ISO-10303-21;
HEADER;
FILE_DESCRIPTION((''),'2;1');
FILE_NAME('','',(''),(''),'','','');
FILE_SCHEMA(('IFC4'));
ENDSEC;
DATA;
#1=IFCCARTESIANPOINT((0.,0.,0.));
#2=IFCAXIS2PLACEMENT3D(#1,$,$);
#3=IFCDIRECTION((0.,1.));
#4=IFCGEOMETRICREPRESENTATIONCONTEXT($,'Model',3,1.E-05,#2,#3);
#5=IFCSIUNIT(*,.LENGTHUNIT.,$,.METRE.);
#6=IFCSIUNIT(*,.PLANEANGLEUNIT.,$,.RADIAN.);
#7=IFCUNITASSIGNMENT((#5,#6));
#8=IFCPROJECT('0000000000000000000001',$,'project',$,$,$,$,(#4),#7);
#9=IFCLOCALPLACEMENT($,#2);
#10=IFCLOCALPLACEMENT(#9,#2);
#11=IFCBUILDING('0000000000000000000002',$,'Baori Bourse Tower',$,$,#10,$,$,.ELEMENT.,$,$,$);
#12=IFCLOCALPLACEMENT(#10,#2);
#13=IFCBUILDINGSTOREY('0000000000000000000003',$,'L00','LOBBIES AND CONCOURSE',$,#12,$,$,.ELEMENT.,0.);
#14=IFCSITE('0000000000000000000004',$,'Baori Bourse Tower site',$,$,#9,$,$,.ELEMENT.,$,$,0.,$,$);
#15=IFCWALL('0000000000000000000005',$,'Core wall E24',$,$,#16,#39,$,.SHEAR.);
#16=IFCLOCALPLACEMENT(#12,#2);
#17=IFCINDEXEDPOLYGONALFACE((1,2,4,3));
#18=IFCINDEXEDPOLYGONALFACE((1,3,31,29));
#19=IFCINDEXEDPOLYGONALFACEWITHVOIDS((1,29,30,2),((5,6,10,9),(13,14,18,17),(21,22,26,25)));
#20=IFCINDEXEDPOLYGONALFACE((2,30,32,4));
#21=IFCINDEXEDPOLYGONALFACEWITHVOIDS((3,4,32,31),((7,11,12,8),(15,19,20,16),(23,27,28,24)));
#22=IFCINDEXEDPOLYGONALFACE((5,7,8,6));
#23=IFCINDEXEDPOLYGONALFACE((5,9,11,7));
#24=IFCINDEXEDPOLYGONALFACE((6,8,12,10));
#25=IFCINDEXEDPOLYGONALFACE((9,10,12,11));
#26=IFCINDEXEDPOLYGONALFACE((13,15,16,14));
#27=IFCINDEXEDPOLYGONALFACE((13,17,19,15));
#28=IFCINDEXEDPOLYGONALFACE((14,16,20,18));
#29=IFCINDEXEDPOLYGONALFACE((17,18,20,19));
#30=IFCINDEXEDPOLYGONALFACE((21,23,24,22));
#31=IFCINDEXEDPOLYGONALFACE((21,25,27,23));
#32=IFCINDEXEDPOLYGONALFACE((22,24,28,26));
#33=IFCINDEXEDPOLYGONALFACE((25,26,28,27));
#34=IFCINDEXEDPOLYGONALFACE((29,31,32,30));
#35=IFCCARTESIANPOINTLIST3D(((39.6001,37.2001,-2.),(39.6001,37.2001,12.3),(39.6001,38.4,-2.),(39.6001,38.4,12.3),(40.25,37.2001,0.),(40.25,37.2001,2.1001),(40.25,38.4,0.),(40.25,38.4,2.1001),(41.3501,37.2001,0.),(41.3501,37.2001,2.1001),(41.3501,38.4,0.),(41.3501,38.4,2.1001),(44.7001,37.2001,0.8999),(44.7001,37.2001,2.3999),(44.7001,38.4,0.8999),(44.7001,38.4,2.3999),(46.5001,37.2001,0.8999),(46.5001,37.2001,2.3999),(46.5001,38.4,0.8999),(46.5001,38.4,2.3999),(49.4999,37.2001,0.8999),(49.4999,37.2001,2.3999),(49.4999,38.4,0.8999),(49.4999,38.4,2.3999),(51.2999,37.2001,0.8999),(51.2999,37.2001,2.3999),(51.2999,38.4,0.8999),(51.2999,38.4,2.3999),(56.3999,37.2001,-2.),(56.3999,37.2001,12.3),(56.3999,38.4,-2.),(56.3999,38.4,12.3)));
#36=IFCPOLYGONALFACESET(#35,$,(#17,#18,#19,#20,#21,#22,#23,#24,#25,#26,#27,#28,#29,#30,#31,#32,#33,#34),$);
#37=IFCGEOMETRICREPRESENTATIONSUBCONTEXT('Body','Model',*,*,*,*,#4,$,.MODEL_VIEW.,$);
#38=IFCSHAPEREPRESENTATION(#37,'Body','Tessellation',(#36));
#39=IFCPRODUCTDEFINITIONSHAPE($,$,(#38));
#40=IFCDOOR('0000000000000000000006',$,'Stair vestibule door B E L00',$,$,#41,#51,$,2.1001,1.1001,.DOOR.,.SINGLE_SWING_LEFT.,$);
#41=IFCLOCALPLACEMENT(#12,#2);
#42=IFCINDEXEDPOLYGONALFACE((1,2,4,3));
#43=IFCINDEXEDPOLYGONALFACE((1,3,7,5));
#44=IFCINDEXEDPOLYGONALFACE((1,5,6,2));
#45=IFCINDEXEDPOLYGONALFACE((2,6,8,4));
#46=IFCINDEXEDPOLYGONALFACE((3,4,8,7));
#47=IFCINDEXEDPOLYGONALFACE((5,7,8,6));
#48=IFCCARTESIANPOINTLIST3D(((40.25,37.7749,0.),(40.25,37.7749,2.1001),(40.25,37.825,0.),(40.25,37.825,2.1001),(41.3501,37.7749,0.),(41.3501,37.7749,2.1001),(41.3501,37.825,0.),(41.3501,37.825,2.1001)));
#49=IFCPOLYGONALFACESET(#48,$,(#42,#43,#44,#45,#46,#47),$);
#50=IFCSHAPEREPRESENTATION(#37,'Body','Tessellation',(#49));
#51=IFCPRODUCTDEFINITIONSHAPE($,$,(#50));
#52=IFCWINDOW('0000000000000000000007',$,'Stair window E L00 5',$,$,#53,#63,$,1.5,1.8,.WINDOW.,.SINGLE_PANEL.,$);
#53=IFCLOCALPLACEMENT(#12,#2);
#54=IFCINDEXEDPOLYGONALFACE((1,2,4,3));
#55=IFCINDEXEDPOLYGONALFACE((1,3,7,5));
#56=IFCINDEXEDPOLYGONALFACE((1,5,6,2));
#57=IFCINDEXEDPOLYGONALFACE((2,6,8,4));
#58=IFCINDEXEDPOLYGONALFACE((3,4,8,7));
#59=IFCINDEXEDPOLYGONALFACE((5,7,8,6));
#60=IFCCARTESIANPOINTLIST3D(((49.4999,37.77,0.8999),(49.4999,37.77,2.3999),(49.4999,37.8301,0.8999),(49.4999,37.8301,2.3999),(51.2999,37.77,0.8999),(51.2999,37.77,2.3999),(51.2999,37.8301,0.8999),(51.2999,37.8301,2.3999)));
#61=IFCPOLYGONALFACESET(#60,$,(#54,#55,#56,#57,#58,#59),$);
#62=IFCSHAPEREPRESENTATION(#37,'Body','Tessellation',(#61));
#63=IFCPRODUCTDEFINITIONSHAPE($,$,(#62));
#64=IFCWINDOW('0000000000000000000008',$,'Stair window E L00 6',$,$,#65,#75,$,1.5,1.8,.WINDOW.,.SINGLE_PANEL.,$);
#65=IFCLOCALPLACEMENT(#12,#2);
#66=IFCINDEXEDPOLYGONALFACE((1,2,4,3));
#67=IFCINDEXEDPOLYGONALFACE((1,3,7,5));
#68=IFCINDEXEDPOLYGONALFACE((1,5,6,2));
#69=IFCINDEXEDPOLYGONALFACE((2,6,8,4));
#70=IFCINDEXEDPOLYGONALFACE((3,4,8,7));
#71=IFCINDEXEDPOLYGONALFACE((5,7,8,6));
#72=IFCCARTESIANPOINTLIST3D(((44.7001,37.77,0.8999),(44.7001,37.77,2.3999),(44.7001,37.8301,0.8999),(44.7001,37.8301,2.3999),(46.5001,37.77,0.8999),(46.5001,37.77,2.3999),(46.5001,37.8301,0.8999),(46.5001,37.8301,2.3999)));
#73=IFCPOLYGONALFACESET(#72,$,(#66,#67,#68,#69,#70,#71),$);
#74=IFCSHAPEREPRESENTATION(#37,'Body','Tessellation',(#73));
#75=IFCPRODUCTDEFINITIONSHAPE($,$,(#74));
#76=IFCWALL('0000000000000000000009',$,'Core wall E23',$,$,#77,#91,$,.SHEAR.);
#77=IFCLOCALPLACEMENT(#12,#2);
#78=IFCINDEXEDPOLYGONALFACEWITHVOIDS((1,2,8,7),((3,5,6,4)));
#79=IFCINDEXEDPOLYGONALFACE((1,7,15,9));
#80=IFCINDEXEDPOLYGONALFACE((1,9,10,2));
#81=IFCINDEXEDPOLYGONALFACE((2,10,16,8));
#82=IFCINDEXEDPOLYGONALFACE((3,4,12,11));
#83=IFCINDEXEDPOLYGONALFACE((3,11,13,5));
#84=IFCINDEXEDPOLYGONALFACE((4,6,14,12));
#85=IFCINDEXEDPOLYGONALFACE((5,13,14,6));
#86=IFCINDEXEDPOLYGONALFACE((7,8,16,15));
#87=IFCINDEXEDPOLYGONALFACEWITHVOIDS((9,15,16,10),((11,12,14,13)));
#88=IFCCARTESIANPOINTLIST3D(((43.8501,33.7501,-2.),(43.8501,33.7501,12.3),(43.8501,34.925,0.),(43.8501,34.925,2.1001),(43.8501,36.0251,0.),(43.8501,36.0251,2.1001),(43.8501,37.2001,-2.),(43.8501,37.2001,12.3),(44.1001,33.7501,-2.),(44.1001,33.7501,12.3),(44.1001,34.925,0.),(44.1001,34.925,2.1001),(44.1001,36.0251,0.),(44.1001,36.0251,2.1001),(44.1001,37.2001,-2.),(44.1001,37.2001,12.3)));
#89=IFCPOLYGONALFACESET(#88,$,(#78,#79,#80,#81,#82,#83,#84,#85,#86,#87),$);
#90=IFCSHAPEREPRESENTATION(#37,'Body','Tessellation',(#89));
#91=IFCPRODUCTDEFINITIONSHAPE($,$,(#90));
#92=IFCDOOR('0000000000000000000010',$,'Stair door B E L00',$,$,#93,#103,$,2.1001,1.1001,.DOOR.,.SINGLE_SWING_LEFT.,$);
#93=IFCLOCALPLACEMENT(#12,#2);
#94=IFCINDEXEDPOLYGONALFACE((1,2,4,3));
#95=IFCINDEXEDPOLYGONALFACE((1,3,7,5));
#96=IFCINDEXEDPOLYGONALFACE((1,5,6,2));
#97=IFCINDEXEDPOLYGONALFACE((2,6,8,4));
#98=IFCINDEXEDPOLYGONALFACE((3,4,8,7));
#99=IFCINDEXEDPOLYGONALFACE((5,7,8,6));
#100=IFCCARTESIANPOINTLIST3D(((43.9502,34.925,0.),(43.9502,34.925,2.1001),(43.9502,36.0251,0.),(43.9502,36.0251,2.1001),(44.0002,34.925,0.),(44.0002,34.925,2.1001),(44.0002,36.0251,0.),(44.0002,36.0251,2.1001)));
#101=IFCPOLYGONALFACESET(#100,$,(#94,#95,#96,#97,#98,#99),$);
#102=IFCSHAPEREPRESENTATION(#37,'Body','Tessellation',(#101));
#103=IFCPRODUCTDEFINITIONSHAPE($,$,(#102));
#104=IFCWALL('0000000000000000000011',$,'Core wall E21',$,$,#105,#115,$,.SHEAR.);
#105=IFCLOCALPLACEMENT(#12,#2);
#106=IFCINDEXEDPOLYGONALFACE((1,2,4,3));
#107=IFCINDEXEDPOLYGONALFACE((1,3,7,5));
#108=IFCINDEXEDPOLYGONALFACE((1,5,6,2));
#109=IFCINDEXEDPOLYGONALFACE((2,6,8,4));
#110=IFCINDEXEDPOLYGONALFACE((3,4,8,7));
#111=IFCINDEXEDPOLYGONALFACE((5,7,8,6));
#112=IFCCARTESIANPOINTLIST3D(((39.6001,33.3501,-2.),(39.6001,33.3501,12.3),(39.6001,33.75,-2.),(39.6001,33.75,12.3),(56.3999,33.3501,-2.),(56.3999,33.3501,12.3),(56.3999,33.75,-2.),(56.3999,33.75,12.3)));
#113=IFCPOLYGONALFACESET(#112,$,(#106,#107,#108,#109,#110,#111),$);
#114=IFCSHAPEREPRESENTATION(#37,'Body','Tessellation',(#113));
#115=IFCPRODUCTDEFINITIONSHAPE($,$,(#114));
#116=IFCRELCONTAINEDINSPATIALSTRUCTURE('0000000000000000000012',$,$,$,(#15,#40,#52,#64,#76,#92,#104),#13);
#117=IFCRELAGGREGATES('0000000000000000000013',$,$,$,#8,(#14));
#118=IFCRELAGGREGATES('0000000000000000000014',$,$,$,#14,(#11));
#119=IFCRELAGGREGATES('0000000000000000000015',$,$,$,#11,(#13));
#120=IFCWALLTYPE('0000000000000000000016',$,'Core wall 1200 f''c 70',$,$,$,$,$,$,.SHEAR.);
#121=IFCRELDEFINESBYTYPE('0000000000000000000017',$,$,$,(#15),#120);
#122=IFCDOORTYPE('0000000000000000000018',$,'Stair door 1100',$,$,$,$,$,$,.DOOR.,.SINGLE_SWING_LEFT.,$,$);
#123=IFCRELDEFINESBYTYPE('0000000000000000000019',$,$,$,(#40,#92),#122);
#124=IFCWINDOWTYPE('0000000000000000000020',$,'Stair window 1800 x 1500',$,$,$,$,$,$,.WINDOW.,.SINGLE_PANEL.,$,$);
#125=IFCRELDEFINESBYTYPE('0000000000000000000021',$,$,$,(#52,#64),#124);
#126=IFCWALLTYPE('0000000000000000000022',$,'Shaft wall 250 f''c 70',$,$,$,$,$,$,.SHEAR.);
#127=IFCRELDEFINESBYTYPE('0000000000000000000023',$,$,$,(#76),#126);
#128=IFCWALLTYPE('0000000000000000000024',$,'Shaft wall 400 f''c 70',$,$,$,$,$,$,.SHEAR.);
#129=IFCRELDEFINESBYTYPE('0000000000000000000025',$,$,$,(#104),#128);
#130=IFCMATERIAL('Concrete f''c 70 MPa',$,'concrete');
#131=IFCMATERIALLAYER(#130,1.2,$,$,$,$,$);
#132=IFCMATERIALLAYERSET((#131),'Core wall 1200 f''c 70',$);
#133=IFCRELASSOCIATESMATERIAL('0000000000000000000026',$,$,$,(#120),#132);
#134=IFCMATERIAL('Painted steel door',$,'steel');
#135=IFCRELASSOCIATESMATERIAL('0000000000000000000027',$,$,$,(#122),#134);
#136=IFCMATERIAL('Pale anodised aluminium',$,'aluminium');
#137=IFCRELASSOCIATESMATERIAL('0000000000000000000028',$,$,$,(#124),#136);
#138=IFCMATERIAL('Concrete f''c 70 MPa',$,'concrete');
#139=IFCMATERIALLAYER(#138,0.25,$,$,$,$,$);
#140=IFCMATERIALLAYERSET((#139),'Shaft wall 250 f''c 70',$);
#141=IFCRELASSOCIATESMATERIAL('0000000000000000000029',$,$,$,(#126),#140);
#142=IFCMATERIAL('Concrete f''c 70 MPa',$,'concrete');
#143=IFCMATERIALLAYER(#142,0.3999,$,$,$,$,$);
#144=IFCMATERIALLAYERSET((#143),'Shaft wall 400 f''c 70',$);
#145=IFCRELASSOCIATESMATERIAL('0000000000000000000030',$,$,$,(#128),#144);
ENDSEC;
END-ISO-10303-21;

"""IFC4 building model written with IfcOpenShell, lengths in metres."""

from ifc_helpers import new_model, si_unit, direction, frame, frame_2d, origin, place, context, subcontext, project, spatial, rectangle, extrude, material, layer, layer_set, type_object, element, fill, save


model = new_model("IFC4")

# Units and contexts
model_context = context("Model", 3, precision=1e-05, world=origin(), true_north=direction((0.0, 1.0)))
body_context = subcontext(model_context, "Body", "Model", "MODEL_VIEW")
ifc_project = project(units=[si_unit("LENGTHUNIT", "METRE"), si_unit("PLANEANGLEUNIT", "RADIAN")], contexts=[model_context])

# Site, building, storey
site_placement = place(None, origin())
site = spatial("IfcSite", under=ifc_project, at=site_placement, Name="Baori Bourse Tower site", CompositionType="ELEMENT", RefElevation=0.0)
building_placement = place(site_placement, origin())
building = spatial("IfcBuilding", under=site, at=building_placement, Name="Baori Bourse Tower", CompositionType="ELEMENT")
storey_placement = place(building_placement, origin())
storey = spatial("IfcBuildingStorey", under=building, at=storey_placement, Name="L00", Description="LOBBIES AND CONCOURSE", CompositionType="ELEMENT", Elevation=0.0)

# Wall, openings, door, windows
ifc_material_1 = material(Name="Concrete f'c 70 MPa", Category="concrete")
ifc_layer_1 = layer(ifc_material_1, 1.2)
ifc_layer_set_1 = layer_set([ifc_layer_1], Name="Core wall 1200 f'c 70")
wall_type_1 = type_object("IfcWallType", Name="Core wall 1200 f'c 70", PredefinedType="SHEAR", material=ifc_layer_set_1)
wall_1_placement = place(storey_placement, frame((39.6001, 37.8, -2.0), z_axis=(0.0, 0.0, 1.0), x_axis=(1.0, 0.0, 0.0)))
wall_1 = element("IfcWall", 1, at=wall_1_placement, inside=storey, type_object=wall_type_1, Name="Core wall E24", PredefinedType="SHEAR", context=body_context, shape_type="SweptSolid", body=[
    extrude(rectangle(XDim=16.7998, YDim=1.2, at=frame_2d((8.3999, 0.0))), origin(), (0.0, 0.0, 1.0), 14.3),
])
opening_1_placement = place(wall_1_placement, frame((0.6499, 0.0, 2.0)))
opening_1 = element("IfcOpeningElement", 2, at=opening_1_placement, cuts=wall_1, PredefinedType="OPENING", context=body_context, shape_type="SweptSolid", body=[
    extrude(rectangle(XDim=1.1001, YDim=2.1001, at=frame_2d((0.55, 1.05))), frame((0.0, 0.6099, 0.0), z_axis=(0.0, -1.0, 0.0), x_axis=(1.0, 0.0, 0.0)), (0.0, 0.0, 1.0), 1.22),
])
opening_2_placement = place(wall_1_placement, frame((9.8999, 0.0, 2.8999)))
opening_2 = element("IfcOpeningElement", 3, at=opening_2_placement, cuts=wall_1, PredefinedType="OPENING", context=body_context, shape_type="SweptSolid", body=[
    extrude(rectangle(XDim=1.8, YDim=1.5, at=frame_2d((0.8999, 0.75))), frame((0.0, 0.6099, 0.0), z_axis=(0.0, -1.0, 0.0), x_axis=(1.0, 0.0, 0.0)), (0.0, 0.0, 1.0), 1.22),
])
opening_3_placement = place(wall_1_placement, frame((5.1001, 0.0, 2.8999)))
opening_3 = element("IfcOpeningElement", 4, at=opening_3_placement, cuts=wall_1, PredefinedType="OPENING", context=body_context, shape_type="SweptSolid", body=[
    extrude(rectangle(XDim=1.8, YDim=1.5, at=frame_2d((0.8999, 0.75))), frame((0.0, 0.6099, 0.0), z_axis=(0.0, -1.0, 0.0), x_axis=(1.0, 0.0, 0.0)), (0.0, 0.0, 1.0), 1.22),
])
ifc_material_2 = material(Name="Painted steel door", Category="steel")
door_type = type_object("IfcDoorType", Name="Stair door 1100", OperationType="SINGLE_SWING_LEFT", PredefinedType="DOOR", material=ifc_material_2)
door_1_placement = place(opening_1_placement, origin())
door_1 = element("IfcDoor", 5, at=door_1_placement, inside=storey, type_object=door_type, Name="Stair vestibule door B E L00", OperationType="SINGLE_SWING_LEFT", OverallHeight=2.1001, OverallWidth=1.1001, PredefinedType="DOOR", context=body_context, shape_type="SweptSolid", body=[
    extrude(rectangle(XDim=1.1001, YDim=2.1001, at=frame_2d((0.55, 1.05))), frame((0.0, 0.0249, 0.0), z_axis=(0.0, -1.0, 0.0), x_axis=(1.0, 0.0, 0.0)), (0.0, 0.0, 1.0), 0.05),
])
fill(opening_1, door_1)
ifc_material_3 = material(Name="Pale anodised aluminium", Category="aluminium")
window_type = type_object("IfcWindowType", Name="Stair window 1800 x 1500", PartitioningType="SINGLE_PANEL", PredefinedType="WINDOW", material=ifc_material_3)
window_1_placement = place(opening_2_placement, origin())
window_1 = element("IfcWindow", 6, at=window_1_placement, inside=storey, type_object=window_type, Name="Stair window E L00 5", OverallHeight=1.5, OverallWidth=1.8, PartitioningType="SINGLE_PANEL", PredefinedType="WINDOW", context=body_context, shape_type="SweptSolid", body=[
    extrude(rectangle(XDim=1.8, YDim=1.5, at=frame_2d((0.8999, 0.75))), frame((0.0, 0.03, 0.0), z_axis=(0.0, -1.0, 0.0), x_axis=(1.0, 0.0, 0.0)), (0.0, 0.0, 1.0), 0.0601),
])
fill(opening_2, window_1)
window_2_placement = place(opening_3_placement, origin())
window_2 = element("IfcWindow", 7, at=window_2_placement, inside=storey, type_object=window_type, Name="Stair window E L00 6", OverallHeight=1.5, OverallWidth=1.8, PartitioningType="SINGLE_PANEL", PredefinedType="WINDOW", context=body_context, shape_type="SweptSolid", body=[
    extrude(rectangle(XDim=1.8, YDim=1.5, at=frame_2d((0.8999, 0.75))), frame((0.0, 0.03, 0.0), z_axis=(0.0, -1.0, 0.0), x_axis=(1.0, 0.0, 0.0)), (0.0, 0.0, 1.0), 0.0601),
])
fill(opening_3, window_2)

# Wall, opening, door
ifc_material_4 = material(Name="Concrete f'c 70 MPa", Category="concrete")
ifc_layer_2 = layer(ifc_material_4, 0.25)
ifc_layer_set_2 = layer_set([ifc_layer_2], Name="Shaft wall 250 f'c 70")
wall_type_2 = type_object("IfcWallType", Name="Shaft wall 250 f'c 70", PredefinedType="SHEAR", material=ifc_layer_set_2)
wall_2_placement = place(storey_placement, frame((43.9751, 33.75, -2.0), z_axis=(0.0, 0.0, 1.0), x_axis=(0.0, 1.0, 0.0)))
wall_2 = element("IfcWall", 8, at=wall_2_placement, inside=storey, type_object=wall_type_2, Name="Core wall E23", PredefinedType="SHEAR", context=body_context, shape_type="SweptSolid", body=[
    extrude(rectangle(XDim=3.45, YDim=0.25, at=frame_2d((1.7251, 0.0))), origin(), (0.0, 0.0, 1.0), 14.3),
])
opening_4_placement = place(wall_2_placement, frame((1.175, 0.0, 2.0)))
opening_4 = element("IfcOpeningElement", 9, at=opening_4_placement, cuts=wall_2, PredefinedType="OPENING", context=body_context, shape_type="SweptSolid", body=[
    extrude(rectangle(XDim=1.1001, YDim=2.1001, at=frame_2d((0.55, 1.05))), frame((0.0, 0.135, 0.0), z_axis=(0.0, -1.0, 0.0), x_axis=(1.0, 0.0, 0.0)), (0.0, 0.0, 1.0), 0.27),
])
door_2_placement = place(opening_4_placement, origin())
door_2 = element("IfcDoor", 10, at=door_2_placement, inside=storey, type_object=door_type, Name="Stair door B E L00", OperationType="SINGLE_SWING_LEFT", OverallHeight=2.1001, OverallWidth=1.1001, PredefinedType="DOOR", context=body_context, shape_type="SweptSolid", body=[
    extrude(rectangle(XDim=1.1001, YDim=2.1001, at=frame_2d((0.55, 1.05))), frame((0.0, 0.0249, 0.0), z_axis=(0.0, -1.0, 0.0), x_axis=(1.0, 0.0, 0.0)), (0.0, 0.0, 1.0), 0.05),
])
fill(opening_4, door_2)

# Wall
ifc_material_5 = material(Name="Concrete f'c 70 MPa", Category="concrete")
ifc_layer_3 = layer(ifc_material_5, 0.3999)
ifc_layer_set_3 = layer_set([ifc_layer_3], Name="Shaft wall 400 f'c 70")
wall_type_3 = type_object("IfcWallType", Name="Shaft wall 400 f'c 70", PredefinedType="SHEAR", material=ifc_layer_set_3)
wall_3_placement = place(storey_placement, frame((39.6001, 33.55, -2.0), z_axis=(0.0, 0.0, 1.0), x_axis=(1.0, 0.0, 0.0)))
element("IfcWall", 11, at=wall_3_placement, inside=storey, type_object=wall_type_3, Name="Core wall E21", PredefinedType="SHEAR", context=body_context, shape_type="SweptSolid", body=[
    extrude(rectangle(XDim=16.7998, YDim=0.3999, at=frame_2d((8.3999, 0.0))), origin(), (0.0, 0.0, 1.0), 14.3),
])

save(model, "model.ifc")
